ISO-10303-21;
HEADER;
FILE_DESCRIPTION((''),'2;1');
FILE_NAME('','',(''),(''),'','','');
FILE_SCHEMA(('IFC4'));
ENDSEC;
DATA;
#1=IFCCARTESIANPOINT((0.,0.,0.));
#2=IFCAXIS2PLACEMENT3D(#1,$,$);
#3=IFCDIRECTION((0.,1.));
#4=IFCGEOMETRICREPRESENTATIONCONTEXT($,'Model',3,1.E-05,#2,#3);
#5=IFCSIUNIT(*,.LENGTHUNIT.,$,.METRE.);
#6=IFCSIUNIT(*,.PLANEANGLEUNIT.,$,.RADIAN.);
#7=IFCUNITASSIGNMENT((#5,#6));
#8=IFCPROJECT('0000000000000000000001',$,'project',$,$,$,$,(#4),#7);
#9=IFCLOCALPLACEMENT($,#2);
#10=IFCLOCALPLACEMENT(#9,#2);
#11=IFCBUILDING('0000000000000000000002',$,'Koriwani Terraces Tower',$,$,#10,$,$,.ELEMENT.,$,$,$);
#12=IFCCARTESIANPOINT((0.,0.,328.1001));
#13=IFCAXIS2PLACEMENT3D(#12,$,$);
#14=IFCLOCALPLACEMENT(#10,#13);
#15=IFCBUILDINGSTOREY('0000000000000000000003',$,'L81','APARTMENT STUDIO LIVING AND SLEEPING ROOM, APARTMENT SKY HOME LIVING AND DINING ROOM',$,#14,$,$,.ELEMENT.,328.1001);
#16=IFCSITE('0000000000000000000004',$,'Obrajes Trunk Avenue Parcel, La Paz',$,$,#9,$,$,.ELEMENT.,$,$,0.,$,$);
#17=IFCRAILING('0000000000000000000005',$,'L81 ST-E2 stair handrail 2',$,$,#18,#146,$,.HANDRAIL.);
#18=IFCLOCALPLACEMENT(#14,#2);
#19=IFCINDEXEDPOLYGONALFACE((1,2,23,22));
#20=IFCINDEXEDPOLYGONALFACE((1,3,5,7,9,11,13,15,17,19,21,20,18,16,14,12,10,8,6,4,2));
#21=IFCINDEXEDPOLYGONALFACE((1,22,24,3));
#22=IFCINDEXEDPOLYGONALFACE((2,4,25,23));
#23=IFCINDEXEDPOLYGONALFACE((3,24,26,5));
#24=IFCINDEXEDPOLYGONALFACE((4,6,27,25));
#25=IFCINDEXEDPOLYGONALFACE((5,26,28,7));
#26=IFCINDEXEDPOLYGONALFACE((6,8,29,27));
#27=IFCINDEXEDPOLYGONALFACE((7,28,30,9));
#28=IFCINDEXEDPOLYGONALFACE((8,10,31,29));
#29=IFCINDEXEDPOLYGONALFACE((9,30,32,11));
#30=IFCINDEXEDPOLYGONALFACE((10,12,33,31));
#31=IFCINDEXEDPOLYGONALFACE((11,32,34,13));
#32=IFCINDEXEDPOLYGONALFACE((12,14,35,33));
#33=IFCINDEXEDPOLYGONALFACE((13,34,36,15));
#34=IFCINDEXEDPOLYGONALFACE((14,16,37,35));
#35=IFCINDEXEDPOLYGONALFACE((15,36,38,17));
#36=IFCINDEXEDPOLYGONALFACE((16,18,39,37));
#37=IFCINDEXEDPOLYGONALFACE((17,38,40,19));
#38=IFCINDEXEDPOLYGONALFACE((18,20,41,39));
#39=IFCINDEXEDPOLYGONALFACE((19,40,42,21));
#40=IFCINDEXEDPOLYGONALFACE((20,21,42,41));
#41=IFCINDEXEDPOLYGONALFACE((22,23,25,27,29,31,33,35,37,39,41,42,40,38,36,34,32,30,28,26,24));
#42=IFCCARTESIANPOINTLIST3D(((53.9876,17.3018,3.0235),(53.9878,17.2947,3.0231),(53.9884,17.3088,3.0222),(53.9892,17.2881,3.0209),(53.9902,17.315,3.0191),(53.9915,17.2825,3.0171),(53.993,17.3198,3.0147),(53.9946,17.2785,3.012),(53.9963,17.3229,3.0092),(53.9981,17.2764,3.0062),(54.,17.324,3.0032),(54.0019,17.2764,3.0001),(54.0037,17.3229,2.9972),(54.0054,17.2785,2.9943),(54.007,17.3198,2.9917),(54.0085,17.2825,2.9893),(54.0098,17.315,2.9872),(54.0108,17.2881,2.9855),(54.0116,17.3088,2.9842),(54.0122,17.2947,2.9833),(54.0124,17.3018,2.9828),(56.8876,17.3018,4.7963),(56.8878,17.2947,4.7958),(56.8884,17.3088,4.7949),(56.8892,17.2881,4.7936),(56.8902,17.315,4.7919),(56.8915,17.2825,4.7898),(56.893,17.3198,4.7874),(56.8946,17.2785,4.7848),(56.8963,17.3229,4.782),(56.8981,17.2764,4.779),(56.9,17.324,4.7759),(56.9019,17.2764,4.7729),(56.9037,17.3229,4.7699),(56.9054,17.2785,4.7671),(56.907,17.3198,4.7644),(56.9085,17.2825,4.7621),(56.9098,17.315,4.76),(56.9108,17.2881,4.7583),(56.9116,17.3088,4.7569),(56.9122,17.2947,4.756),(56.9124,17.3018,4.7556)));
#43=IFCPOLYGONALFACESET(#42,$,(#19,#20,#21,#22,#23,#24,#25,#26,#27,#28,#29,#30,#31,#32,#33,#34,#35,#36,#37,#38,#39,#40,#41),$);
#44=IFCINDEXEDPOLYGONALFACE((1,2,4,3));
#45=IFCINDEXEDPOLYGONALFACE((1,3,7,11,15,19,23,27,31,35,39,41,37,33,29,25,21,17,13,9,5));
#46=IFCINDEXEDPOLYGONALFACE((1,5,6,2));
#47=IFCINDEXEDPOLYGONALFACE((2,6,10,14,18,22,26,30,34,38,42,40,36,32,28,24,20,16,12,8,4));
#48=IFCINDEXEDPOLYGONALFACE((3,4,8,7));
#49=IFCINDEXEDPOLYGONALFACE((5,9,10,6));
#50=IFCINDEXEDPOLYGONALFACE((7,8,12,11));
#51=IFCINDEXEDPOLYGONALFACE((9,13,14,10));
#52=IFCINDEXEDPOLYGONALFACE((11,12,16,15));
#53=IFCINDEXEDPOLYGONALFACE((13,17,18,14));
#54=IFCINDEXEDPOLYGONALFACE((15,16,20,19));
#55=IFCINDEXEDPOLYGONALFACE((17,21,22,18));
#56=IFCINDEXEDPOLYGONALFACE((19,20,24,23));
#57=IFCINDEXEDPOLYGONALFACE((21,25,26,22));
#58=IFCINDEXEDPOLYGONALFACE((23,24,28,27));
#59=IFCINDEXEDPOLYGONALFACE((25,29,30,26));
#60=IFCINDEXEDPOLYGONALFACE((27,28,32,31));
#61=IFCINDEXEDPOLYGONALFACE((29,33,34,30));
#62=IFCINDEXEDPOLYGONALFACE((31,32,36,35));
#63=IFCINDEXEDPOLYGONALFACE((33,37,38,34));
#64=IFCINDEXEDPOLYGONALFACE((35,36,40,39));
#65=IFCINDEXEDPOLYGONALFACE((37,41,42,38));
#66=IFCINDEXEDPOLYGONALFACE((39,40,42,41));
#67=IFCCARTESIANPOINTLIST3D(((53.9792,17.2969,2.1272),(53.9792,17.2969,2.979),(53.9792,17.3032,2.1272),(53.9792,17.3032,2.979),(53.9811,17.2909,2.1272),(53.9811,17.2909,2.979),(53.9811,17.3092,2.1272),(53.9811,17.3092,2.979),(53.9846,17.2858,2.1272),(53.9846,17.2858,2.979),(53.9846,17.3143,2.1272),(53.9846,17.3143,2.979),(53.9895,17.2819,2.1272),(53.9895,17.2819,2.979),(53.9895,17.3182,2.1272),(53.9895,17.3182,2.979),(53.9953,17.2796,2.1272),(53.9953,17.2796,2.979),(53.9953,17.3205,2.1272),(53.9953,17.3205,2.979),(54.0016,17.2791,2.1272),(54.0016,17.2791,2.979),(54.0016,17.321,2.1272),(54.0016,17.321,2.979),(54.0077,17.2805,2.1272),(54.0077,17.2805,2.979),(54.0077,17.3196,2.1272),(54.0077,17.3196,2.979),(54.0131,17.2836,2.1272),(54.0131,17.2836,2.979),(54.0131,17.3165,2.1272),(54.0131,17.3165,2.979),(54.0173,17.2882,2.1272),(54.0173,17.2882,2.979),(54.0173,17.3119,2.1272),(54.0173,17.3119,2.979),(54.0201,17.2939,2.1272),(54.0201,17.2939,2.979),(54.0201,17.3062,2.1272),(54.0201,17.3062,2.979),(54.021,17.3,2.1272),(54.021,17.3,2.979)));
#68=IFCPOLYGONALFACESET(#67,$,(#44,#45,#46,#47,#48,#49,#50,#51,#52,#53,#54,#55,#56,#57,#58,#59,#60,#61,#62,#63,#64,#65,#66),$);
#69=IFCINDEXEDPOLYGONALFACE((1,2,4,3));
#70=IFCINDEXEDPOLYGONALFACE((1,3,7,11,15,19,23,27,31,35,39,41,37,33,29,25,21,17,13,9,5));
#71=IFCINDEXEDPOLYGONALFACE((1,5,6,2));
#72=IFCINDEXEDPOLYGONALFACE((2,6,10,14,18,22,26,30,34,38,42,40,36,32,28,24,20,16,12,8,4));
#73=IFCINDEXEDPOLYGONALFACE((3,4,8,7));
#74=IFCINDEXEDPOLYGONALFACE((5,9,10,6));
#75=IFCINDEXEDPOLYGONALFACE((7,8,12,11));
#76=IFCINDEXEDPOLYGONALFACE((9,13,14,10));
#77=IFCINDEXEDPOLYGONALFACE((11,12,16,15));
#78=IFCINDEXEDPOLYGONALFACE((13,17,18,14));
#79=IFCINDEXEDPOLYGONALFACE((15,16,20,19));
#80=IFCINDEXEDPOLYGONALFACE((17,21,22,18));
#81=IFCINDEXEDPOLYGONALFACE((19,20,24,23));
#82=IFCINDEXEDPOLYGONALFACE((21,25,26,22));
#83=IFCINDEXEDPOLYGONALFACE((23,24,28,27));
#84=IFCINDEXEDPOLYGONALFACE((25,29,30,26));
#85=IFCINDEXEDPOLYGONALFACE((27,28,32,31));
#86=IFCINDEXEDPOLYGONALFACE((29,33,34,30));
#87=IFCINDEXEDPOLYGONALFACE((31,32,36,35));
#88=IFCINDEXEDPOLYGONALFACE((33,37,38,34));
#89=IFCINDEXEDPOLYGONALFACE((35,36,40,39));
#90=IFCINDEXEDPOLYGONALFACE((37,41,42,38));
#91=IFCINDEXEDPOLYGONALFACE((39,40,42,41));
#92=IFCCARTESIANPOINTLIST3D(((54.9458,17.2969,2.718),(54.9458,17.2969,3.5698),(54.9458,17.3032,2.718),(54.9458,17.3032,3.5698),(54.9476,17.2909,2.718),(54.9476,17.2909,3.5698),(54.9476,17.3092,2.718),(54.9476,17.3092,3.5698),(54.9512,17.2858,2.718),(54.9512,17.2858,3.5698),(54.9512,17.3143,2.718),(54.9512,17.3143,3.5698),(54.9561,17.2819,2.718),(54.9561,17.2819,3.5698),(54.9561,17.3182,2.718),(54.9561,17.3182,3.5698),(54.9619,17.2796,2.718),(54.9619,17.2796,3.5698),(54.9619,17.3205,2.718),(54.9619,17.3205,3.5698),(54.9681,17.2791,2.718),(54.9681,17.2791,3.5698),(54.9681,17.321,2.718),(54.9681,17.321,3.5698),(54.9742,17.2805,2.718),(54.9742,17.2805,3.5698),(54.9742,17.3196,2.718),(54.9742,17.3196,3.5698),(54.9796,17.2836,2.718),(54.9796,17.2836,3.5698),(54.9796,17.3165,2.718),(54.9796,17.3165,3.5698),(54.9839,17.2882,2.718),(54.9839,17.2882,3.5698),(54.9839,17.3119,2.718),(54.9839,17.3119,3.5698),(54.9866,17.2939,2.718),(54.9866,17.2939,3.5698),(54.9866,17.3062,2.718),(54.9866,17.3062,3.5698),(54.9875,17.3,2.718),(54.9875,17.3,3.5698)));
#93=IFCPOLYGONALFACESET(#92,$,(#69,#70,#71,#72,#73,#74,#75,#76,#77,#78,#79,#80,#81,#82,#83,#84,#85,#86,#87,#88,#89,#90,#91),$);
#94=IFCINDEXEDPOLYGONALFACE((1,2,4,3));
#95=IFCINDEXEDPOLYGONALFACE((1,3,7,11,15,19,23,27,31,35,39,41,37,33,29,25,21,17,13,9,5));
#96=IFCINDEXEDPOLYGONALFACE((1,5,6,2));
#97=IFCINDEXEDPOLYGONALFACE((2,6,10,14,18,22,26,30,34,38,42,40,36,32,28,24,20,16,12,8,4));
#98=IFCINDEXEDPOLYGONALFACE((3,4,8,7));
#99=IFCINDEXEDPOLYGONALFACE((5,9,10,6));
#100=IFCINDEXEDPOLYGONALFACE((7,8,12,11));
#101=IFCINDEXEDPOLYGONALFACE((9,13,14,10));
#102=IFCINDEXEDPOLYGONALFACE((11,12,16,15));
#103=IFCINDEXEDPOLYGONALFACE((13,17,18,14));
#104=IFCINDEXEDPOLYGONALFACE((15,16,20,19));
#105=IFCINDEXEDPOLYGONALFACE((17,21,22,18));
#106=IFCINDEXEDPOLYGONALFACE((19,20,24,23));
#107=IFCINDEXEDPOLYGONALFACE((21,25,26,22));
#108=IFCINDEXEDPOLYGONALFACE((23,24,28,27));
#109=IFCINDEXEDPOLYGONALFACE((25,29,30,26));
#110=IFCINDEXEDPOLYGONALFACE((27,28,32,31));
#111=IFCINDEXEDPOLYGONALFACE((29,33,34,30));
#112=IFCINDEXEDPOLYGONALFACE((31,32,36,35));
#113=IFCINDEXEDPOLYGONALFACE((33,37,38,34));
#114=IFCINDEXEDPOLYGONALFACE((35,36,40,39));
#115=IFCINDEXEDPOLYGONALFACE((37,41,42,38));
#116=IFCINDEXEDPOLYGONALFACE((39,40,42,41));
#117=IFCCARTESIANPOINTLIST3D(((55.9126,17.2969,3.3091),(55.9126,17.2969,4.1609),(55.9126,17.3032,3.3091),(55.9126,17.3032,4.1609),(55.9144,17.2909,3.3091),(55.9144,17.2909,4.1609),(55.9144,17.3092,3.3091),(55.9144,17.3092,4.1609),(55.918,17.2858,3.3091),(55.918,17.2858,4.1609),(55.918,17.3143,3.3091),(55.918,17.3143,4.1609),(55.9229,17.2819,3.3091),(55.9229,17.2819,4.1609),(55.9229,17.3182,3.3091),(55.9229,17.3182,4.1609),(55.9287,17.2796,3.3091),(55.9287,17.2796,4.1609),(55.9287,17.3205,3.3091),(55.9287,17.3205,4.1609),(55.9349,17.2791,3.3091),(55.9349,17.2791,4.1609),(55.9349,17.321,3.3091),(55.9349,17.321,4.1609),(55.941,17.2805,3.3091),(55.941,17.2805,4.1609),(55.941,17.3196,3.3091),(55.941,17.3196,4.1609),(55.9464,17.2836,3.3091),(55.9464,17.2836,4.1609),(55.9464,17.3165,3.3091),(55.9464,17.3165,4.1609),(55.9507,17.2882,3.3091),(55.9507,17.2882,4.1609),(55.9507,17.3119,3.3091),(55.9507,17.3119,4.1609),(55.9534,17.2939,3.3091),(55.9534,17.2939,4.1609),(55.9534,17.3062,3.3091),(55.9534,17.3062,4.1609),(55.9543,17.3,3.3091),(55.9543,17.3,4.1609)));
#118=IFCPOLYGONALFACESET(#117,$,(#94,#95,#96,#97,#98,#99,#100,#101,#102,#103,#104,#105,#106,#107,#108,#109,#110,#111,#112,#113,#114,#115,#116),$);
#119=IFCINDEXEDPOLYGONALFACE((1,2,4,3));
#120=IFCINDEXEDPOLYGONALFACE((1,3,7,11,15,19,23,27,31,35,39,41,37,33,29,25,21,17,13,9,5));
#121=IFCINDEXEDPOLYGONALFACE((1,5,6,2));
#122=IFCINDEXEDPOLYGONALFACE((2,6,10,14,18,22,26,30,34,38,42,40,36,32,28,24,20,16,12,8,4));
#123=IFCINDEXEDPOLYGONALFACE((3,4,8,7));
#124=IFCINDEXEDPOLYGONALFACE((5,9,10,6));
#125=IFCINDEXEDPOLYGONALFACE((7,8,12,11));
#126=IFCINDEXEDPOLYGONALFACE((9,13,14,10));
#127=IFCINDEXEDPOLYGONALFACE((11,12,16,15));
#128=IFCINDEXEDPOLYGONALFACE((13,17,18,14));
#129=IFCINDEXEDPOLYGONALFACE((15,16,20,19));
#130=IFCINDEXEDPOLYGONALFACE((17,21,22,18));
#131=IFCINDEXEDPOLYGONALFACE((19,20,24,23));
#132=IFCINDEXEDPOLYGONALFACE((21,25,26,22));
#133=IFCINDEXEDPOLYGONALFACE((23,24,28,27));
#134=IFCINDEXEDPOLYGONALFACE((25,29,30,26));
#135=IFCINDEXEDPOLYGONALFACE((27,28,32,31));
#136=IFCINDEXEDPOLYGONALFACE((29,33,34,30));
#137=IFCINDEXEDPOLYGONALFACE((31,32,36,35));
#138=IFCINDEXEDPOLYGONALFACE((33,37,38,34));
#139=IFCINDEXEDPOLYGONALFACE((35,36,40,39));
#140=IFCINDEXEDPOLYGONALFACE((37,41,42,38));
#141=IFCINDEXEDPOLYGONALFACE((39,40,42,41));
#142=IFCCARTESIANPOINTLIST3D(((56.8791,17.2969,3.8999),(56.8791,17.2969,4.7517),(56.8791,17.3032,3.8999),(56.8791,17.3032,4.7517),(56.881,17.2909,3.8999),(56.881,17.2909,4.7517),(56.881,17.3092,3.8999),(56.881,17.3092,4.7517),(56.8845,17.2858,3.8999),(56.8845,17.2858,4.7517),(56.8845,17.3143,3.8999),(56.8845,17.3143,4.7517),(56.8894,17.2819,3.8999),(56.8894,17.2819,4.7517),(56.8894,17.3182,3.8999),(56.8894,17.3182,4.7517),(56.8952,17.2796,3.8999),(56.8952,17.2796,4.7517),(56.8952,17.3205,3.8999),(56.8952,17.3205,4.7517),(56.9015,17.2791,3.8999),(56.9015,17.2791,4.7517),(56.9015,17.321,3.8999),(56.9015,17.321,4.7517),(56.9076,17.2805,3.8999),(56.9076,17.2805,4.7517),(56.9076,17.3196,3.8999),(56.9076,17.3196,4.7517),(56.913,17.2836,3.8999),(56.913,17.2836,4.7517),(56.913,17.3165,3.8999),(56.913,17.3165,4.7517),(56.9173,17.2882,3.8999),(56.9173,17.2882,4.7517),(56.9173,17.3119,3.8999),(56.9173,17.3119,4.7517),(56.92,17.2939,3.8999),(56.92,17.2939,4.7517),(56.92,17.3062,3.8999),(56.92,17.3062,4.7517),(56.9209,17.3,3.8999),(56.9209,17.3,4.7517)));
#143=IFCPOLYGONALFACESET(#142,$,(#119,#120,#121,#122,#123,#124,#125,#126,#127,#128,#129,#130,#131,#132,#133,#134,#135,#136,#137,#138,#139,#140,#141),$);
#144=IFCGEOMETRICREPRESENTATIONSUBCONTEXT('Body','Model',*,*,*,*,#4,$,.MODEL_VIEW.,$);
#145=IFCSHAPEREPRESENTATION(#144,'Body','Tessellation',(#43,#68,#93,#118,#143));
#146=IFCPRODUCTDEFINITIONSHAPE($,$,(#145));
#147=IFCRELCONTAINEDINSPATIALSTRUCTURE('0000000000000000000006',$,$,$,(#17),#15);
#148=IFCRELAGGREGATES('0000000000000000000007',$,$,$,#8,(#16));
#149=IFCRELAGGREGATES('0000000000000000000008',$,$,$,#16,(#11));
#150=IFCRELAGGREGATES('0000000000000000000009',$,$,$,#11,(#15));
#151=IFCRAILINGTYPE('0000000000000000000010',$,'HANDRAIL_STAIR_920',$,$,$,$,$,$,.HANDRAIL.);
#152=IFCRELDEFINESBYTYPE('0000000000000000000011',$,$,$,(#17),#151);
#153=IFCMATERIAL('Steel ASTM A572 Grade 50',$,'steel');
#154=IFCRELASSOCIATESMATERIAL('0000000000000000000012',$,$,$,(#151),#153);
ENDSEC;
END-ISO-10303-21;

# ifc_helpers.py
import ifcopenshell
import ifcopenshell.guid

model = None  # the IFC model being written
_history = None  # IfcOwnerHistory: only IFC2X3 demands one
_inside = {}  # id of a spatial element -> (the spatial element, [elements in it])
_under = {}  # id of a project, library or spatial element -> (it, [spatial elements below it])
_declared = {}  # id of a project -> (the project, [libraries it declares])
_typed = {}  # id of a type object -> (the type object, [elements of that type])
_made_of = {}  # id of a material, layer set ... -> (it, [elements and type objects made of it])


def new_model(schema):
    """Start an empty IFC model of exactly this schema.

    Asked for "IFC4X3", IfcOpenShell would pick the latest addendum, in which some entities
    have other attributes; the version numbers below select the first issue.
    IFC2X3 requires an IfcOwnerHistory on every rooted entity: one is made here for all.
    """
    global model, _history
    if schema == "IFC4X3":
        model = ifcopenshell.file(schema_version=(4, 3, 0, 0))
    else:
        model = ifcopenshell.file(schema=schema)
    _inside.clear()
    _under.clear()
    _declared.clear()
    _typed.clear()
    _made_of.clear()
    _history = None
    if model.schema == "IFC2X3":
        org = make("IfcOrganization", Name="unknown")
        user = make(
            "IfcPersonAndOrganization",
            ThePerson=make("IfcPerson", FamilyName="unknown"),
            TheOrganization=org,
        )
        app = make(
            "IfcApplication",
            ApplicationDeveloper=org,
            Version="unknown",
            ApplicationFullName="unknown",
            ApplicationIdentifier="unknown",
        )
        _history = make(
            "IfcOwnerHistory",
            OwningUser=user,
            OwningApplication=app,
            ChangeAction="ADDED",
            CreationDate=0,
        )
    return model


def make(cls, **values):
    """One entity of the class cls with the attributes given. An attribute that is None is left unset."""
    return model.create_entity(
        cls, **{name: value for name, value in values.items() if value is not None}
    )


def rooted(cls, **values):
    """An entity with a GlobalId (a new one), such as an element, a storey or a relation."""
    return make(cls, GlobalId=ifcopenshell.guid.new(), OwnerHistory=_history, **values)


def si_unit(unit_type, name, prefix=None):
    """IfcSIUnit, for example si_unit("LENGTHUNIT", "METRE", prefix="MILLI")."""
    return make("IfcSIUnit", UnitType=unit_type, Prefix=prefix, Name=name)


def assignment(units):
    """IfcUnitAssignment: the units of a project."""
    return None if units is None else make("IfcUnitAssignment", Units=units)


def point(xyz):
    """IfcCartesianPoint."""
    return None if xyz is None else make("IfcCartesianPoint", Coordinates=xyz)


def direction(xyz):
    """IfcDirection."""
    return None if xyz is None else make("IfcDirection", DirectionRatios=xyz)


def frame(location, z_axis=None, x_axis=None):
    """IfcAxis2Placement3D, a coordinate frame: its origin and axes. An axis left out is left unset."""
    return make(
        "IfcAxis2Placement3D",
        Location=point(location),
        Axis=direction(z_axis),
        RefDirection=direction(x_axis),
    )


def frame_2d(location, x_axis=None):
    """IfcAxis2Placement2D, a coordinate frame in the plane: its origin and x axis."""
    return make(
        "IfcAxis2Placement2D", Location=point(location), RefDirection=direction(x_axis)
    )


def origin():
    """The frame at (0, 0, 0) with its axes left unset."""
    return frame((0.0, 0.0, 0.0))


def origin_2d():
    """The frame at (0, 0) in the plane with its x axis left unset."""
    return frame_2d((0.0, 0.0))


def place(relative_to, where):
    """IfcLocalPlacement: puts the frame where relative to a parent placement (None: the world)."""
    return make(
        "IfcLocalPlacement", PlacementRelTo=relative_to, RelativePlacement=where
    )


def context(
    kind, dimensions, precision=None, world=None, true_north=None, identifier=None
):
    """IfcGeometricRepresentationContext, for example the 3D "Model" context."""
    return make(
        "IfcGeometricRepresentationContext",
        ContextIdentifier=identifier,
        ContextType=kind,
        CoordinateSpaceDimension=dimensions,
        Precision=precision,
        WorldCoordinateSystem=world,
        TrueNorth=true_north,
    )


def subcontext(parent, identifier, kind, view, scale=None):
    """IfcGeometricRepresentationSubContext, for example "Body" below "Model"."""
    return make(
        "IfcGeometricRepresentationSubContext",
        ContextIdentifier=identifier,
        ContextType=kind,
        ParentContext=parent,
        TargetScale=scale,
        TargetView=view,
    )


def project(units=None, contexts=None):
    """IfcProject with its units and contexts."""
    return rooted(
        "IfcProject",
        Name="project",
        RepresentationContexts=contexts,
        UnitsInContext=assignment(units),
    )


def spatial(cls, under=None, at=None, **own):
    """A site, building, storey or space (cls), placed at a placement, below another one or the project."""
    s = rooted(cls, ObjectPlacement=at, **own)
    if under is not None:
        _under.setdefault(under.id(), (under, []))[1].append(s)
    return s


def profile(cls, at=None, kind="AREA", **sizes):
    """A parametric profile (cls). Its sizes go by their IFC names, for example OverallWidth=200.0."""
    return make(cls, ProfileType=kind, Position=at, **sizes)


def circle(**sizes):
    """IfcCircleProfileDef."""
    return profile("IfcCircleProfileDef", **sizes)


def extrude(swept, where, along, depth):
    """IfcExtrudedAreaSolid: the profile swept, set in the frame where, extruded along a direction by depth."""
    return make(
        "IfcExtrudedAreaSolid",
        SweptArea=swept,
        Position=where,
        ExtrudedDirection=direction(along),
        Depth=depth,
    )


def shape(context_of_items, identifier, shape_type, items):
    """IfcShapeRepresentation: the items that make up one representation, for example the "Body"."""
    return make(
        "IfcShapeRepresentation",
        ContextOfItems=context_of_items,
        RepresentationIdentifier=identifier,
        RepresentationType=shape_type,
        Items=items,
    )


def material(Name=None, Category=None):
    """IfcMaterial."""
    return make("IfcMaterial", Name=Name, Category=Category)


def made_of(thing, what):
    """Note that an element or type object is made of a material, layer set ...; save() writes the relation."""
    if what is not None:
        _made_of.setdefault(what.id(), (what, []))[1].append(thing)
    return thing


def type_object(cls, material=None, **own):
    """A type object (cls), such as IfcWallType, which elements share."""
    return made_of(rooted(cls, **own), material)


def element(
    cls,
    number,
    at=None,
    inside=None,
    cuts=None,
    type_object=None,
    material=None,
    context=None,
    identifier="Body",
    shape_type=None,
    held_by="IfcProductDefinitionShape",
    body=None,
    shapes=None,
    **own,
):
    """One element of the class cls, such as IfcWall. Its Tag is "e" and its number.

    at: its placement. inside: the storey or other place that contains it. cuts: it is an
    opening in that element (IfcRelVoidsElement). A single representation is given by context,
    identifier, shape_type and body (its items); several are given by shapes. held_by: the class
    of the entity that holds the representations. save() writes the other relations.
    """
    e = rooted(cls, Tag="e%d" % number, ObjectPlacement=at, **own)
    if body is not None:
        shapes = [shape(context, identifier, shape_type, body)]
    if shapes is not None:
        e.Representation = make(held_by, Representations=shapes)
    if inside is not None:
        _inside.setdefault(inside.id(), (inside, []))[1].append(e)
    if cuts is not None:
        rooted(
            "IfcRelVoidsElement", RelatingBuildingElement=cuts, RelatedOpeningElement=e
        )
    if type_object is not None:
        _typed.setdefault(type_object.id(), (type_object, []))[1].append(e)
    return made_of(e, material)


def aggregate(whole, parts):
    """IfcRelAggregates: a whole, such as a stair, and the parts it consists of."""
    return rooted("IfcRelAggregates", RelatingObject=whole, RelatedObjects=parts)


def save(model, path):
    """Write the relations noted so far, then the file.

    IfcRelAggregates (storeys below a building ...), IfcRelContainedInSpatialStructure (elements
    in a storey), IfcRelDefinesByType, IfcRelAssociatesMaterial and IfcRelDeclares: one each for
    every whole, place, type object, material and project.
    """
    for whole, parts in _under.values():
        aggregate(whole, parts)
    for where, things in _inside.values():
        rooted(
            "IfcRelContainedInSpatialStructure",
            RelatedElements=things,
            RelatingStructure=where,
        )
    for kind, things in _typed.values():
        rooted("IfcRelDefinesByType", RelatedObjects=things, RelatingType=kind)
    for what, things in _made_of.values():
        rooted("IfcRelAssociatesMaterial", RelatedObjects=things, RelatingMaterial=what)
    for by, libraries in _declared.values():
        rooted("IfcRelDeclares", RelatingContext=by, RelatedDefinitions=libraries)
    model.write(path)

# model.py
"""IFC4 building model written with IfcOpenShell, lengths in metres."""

from ifc_helpers import new_model, si_unit, direction, frame, origin, origin_2d, place, context, subcontext, project, spatial, circle, extrude, material, type_object, element, save


model = new_model("IFC4")

# Units and contexts
model_context = context("Model", 3, precision=1e-05, world=origin(), true_north=direction((0.0, 1.0)))
body_context = subcontext(model_context, "Body", "Model", "MODEL_VIEW")
ifc_project = project(units=[si_unit("LENGTHUNIT", "METRE"), si_unit("PLANEANGLEUNIT", "RADIAN")], contexts=[model_context])

# Site, building, storey
site_placement = place(None, origin())
site = spatial("IfcSite", under=ifc_project, at=site_placement, Name="Obrajes Trunk Avenue Parcel, La Paz", CompositionType="ELEMENT", RefElevation=0.0)
building_placement = place(site_placement, origin())
building = spatial("IfcBuilding", under=site, at=building_placement, Name="Koriwani Terraces Tower", CompositionType="ELEMENT")
storey_placement = place(building_placement, frame((0.0, 0.0, 328.1001)))
storey = spatial("IfcBuildingStorey", under=building, at=storey_placement, Name="L81", Description="APARTMENT STUDIO LIVING AND SLEEPING ROOM, APARTMENT SKY HOME LIVING AND DINING ROOM", CompositionType="ELEMENT", Elevation=328.1001)

# Shared definitions
ifc_material_1 = material(Name="Steel ASTM A572 Grade 50", Category="steel")

# Railing
railing_type_1 = type_object("IfcRailingType", Name="HANDRAIL_STAIR_920", PredefinedType="HANDRAIL", material=ifc_material_1)
railing_1_placement = place(storey_placement, frame((54.0, 17.3, 2.1272)))
element("IfcRailing", 1, at=railing_1_placement, inside=storey, type_object=railing_type_1, Name="L81 ST-E2 stair handrail 2", PredefinedType="HANDRAIL", context=body_context, shape_type="SweptSolid", body=[
    extrude(circle(Radius=0.0239, at=origin_2d()), frame((0.0, 0.0, 0.876), z_axis=(0.853211, 0.0, 0.521566), x_axis=(0.0, 1.0, 0.0)), (0.0, 0.0, 1.0), 3.3989),
    extrude(circle(Radius=0.021, at=origin_2d()), origin(), (0.0, 0.0, 1.0), 0.8518),
    extrude(circle(Radius=0.021, at=origin_2d()), frame((0.9666, 0.0, 0.5908)), (0.0, 0.0, 1.0), 0.8518),
    extrude(circle(Radius=0.021, at=origin_2d()), frame((1.9333, 0.0, 1.1819)), (0.0, 0.0, 1.0), 0.8518),
    extrude(circle(Radius=0.021, at=origin_2d()), frame((2.8999, 0.0, 1.7727)), (0.0, 0.0, 1.0), 0.8518),
])

save(model, "model.ifc")
